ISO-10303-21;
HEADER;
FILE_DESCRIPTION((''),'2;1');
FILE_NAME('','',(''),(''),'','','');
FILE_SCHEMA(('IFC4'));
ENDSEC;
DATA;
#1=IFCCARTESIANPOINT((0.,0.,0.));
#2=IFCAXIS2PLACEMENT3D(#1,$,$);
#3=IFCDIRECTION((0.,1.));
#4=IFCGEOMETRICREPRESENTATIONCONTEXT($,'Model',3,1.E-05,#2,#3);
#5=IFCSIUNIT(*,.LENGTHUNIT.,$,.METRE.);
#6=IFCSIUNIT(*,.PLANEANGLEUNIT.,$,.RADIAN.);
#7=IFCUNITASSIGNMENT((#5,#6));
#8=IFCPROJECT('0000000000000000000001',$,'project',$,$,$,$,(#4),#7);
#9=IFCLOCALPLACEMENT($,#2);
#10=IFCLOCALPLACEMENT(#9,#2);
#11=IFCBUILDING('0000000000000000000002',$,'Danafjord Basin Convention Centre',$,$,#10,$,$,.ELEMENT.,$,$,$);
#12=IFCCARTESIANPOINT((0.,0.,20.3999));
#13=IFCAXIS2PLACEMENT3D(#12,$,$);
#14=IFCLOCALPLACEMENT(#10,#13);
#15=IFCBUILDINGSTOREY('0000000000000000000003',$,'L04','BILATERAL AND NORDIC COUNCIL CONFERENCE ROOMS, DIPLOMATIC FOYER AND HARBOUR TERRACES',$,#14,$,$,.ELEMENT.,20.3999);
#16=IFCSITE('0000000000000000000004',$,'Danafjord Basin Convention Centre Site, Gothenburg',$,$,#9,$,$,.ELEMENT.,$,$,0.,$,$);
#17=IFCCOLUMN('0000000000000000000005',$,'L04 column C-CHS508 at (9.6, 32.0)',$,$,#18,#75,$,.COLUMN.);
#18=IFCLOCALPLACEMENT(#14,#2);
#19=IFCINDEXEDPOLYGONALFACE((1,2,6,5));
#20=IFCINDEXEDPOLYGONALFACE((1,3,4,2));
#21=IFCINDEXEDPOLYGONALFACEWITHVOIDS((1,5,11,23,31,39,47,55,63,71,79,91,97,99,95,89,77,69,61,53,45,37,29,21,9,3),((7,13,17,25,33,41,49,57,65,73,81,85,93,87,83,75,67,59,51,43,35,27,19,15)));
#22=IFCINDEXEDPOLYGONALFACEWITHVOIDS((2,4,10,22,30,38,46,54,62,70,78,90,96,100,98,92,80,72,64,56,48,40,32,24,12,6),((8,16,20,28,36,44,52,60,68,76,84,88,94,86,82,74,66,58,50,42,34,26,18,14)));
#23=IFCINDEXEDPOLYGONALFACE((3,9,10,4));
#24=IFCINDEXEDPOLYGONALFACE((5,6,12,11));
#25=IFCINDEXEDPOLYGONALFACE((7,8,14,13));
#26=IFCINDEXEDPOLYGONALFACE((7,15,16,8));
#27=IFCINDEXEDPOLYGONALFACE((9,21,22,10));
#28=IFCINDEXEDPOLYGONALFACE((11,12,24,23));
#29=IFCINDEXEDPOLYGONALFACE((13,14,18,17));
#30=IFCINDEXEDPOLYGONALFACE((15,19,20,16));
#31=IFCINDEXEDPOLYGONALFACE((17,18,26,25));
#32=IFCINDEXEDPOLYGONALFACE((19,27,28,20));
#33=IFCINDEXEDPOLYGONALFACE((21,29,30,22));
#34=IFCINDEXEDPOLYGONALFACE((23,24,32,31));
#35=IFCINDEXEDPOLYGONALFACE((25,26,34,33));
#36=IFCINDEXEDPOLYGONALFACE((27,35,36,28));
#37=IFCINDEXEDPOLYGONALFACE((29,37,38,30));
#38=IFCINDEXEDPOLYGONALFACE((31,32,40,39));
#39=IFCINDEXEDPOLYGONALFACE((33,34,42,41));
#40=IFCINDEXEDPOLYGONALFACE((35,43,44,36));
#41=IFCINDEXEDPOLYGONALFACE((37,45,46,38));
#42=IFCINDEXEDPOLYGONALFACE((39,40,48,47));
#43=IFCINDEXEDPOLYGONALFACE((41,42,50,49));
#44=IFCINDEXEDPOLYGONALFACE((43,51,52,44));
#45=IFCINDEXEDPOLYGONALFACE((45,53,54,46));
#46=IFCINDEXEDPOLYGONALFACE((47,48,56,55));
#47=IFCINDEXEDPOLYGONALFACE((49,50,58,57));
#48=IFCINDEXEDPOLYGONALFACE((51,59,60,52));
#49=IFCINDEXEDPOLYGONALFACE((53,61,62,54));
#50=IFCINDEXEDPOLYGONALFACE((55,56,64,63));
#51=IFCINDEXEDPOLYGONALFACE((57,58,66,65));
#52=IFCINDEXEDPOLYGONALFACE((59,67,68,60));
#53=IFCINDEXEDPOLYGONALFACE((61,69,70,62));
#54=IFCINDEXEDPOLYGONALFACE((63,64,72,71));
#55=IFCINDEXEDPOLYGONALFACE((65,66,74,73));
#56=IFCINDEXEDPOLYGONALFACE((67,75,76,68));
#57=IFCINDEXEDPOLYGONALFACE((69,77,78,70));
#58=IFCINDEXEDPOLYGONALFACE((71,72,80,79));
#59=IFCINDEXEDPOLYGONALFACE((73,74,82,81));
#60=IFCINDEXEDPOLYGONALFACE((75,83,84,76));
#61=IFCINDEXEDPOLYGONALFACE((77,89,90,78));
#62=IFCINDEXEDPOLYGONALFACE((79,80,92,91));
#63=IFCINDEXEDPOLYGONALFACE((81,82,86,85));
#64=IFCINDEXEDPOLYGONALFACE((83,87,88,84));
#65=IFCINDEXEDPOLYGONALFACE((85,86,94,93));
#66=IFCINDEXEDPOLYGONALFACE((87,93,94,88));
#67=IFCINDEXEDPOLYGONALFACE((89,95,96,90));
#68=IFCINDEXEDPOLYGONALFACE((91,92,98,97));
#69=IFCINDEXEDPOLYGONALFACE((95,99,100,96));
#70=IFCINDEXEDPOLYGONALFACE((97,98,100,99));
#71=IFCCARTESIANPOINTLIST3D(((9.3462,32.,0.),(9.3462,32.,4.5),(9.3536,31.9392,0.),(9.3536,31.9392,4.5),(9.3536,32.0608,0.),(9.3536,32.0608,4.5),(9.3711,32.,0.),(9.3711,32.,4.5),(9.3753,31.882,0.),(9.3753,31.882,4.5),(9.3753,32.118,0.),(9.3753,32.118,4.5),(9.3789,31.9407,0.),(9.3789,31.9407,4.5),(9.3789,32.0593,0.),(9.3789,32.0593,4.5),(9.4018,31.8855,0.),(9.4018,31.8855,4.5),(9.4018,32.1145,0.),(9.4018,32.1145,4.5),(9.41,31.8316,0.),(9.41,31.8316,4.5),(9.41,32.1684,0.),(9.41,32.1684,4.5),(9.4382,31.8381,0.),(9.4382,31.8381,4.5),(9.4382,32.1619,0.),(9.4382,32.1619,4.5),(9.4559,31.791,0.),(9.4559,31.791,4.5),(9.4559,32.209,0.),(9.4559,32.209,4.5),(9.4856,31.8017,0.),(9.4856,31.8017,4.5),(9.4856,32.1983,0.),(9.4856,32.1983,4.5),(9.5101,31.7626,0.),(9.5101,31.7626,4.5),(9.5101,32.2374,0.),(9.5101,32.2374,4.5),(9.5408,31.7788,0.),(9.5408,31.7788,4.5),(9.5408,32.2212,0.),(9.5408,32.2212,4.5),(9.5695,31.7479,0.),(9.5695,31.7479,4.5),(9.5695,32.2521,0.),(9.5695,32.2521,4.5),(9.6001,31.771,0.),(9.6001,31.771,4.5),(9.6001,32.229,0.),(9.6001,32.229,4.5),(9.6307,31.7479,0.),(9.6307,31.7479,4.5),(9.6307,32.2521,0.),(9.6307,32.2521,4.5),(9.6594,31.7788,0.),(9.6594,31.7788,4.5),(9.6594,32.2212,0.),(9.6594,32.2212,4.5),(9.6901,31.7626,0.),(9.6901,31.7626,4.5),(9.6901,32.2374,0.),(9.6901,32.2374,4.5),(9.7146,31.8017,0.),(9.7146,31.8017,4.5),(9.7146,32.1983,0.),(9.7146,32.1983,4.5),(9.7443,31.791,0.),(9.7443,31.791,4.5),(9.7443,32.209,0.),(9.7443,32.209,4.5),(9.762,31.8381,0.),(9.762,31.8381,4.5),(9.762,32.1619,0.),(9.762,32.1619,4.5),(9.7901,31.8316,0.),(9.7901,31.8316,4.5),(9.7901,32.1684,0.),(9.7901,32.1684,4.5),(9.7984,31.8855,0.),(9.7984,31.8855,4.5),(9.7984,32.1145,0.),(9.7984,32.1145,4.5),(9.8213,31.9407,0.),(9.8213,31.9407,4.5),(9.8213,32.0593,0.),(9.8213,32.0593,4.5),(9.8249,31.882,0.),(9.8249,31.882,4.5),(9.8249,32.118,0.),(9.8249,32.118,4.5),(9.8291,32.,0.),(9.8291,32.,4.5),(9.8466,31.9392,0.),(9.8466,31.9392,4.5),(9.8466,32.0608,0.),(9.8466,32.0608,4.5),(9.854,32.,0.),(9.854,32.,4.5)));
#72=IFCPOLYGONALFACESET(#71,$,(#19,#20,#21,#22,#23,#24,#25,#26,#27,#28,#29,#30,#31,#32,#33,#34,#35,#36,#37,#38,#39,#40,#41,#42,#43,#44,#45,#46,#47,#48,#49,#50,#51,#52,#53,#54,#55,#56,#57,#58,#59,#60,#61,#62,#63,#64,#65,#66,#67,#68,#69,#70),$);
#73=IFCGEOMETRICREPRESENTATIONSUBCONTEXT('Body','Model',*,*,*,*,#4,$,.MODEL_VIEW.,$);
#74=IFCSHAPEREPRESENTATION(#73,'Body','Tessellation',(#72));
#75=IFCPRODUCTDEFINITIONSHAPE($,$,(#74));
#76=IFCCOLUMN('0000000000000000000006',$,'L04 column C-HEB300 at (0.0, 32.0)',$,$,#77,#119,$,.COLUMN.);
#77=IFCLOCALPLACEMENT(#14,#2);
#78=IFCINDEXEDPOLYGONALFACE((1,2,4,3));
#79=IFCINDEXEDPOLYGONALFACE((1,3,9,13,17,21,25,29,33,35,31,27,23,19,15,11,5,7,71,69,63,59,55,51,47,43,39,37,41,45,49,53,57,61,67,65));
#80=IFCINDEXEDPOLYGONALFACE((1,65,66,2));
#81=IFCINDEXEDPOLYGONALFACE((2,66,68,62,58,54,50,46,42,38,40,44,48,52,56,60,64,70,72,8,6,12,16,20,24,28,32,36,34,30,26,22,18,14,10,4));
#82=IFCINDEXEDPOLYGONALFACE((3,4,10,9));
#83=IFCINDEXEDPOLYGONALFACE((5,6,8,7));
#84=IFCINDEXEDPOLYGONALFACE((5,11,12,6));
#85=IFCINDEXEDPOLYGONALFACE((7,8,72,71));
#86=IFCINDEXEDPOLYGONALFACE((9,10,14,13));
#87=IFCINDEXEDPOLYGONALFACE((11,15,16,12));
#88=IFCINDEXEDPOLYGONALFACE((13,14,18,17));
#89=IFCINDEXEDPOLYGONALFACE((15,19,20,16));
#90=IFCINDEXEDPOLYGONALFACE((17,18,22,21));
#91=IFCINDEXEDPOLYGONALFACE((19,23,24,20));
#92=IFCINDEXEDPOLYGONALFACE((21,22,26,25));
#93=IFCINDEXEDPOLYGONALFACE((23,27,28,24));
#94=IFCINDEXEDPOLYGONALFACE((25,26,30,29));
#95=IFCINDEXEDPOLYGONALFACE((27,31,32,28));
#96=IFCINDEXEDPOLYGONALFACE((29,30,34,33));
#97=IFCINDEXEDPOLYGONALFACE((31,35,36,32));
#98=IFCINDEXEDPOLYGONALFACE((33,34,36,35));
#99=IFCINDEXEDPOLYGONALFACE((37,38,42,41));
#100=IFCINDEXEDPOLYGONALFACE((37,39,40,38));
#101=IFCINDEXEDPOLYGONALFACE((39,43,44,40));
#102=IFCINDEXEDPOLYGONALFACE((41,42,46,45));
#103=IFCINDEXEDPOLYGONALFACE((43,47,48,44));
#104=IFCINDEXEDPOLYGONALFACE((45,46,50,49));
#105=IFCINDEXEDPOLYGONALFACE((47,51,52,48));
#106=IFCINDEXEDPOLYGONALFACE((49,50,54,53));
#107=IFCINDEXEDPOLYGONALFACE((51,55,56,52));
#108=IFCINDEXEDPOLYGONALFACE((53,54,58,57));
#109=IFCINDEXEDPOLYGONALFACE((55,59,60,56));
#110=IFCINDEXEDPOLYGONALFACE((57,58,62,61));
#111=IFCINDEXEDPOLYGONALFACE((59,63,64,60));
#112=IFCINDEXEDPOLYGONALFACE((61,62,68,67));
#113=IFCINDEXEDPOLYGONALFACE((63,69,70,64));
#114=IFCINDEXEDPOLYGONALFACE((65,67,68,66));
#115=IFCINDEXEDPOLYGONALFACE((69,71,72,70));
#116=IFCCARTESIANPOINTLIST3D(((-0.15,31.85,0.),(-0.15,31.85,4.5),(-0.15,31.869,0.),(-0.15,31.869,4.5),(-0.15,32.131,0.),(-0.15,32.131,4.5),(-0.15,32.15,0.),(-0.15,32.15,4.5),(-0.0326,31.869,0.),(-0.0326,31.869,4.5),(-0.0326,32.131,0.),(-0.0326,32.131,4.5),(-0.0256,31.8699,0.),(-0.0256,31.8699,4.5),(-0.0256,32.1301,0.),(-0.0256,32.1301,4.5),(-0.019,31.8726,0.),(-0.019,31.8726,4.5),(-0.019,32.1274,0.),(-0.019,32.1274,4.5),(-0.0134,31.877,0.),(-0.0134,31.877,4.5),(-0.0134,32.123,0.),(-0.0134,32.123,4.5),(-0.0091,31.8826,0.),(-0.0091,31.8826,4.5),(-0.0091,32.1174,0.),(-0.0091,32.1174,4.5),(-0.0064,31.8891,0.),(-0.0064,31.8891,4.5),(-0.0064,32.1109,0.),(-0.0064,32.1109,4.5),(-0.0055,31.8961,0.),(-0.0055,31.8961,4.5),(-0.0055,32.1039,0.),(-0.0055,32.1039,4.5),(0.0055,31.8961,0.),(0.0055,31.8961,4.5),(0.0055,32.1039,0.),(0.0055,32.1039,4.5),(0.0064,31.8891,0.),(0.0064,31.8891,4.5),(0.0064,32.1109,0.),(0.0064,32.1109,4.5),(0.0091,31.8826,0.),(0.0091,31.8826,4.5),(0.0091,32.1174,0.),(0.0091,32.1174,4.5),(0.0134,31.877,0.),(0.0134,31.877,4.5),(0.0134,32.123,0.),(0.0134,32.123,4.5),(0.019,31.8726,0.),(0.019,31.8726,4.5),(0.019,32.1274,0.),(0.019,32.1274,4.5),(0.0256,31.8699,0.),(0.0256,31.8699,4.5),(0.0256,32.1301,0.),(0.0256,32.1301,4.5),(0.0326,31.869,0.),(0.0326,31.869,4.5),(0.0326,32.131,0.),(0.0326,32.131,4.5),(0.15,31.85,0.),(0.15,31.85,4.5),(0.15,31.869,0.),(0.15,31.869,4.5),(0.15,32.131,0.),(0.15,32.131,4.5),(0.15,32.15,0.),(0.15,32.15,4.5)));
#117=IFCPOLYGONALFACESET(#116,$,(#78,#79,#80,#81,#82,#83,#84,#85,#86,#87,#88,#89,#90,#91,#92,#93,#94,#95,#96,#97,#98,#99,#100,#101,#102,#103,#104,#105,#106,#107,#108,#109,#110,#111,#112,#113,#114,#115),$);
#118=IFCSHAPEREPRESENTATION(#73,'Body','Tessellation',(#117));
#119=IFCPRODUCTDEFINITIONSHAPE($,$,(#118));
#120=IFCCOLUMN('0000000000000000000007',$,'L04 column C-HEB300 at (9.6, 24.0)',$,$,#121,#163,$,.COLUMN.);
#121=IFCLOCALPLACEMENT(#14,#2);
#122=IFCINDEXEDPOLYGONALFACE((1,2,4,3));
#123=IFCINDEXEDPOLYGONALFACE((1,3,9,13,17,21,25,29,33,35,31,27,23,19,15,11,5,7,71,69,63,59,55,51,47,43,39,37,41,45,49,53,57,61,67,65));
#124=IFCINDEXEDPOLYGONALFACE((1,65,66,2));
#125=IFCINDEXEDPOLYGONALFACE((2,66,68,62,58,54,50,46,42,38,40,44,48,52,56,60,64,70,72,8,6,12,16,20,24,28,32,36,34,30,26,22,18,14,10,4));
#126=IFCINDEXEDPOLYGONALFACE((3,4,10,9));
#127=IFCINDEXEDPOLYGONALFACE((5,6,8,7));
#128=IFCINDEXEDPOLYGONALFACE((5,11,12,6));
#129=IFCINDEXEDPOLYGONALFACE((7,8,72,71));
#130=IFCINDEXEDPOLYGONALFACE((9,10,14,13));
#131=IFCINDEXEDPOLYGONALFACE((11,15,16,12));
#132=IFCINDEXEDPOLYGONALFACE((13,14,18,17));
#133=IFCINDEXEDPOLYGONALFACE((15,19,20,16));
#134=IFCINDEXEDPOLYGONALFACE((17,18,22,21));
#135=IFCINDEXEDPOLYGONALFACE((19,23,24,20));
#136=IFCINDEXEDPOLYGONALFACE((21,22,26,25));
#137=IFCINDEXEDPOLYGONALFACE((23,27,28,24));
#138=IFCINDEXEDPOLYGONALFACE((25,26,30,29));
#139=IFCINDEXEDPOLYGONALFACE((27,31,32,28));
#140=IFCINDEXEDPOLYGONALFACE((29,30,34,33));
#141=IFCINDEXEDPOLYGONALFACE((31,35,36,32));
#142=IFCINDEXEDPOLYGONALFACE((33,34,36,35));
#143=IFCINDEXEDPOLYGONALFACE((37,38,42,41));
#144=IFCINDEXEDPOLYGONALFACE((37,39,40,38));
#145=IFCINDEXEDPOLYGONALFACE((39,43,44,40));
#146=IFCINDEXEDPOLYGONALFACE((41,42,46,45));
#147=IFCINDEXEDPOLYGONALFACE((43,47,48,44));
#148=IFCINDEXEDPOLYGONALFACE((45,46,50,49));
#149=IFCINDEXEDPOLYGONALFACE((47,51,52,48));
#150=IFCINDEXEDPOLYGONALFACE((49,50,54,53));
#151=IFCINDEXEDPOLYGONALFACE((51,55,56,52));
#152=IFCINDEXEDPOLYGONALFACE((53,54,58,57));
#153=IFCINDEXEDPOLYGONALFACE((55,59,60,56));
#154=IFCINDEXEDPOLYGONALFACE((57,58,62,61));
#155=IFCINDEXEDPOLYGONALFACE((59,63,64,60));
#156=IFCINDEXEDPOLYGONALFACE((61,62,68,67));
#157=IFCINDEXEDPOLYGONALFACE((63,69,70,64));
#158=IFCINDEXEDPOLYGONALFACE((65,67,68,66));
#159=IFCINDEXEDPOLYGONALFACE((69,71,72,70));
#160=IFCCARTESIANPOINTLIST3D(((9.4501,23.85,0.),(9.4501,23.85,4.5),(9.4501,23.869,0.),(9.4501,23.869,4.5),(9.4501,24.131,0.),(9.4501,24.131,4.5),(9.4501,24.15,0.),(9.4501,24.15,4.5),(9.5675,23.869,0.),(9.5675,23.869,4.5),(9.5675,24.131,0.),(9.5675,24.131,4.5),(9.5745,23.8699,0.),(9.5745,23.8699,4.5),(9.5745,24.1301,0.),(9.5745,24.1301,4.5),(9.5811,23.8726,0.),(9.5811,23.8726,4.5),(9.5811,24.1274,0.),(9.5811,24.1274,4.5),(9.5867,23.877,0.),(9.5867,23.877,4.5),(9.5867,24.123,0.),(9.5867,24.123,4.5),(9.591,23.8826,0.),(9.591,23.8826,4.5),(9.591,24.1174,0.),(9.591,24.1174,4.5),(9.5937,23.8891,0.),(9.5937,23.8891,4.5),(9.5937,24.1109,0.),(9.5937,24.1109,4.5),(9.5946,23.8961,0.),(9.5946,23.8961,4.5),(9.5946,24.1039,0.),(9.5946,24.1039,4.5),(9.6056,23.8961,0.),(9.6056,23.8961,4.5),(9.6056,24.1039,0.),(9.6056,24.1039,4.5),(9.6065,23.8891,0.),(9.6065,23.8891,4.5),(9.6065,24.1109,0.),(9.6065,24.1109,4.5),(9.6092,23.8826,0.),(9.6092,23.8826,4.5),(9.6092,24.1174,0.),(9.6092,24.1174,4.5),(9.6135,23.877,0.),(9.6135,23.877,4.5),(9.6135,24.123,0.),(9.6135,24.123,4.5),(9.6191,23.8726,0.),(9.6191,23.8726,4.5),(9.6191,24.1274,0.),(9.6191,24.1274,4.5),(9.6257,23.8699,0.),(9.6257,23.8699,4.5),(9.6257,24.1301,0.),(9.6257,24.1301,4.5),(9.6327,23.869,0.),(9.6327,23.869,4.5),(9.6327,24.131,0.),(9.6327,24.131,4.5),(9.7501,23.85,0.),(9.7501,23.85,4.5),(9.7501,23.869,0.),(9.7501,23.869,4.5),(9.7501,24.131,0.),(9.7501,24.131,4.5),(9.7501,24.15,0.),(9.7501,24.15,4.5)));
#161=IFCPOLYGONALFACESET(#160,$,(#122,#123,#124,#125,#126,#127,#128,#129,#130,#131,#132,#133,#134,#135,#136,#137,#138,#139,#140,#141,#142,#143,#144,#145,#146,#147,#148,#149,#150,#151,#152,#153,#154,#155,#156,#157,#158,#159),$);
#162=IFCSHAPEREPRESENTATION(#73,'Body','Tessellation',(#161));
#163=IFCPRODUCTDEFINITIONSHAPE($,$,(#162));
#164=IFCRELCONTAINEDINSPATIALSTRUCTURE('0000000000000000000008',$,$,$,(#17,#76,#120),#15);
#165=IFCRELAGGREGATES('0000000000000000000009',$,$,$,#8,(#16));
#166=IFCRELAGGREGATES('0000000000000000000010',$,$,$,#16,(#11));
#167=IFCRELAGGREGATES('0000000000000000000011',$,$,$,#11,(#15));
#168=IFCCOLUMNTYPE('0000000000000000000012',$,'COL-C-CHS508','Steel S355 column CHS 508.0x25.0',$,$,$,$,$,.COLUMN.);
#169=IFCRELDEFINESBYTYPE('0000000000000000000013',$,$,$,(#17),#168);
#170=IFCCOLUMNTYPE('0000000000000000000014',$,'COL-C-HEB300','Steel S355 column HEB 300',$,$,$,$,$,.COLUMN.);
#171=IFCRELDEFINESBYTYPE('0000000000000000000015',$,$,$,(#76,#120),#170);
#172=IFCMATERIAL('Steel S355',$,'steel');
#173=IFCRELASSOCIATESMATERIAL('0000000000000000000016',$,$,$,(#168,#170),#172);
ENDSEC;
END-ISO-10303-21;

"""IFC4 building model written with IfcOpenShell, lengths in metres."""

from ifc_helpers import new_model, si_unit, direction, frame, origin, origin_2d, place, context, subcontext, project, spatial, hollow_circle, i_section, extrude, material, material_profile, profile_set, type_object, element, save


model = new_model("IFC4")

# Units and contexts
model_context = context("Model", 3, precision=1e-05, world=origin(), true_north=direction((0.0, 1.0)))
body_context = subcontext(model_context, "Body", "Model", "MODEL_VIEW")
ifc_project = project(units=[si_unit("LENGTHUNIT", "METRE"), si_unit("PLANEANGLEUNIT", "RADIAN")], contexts=[model_context])

# Site, building, storey
site_placement = place(None, origin())
site = spatial("IfcSite", under=ifc_project, at=site_placement, Name="Danafjord Basin Convention Centre Site, Gothenburg", CompositionType="ELEMENT", RefElevation=0.0)
building_placement = place(site_placement, origin())
building = spatial("IfcBuilding", under=site, at=building_placement, Name="Danafjord Basin Convention Centre", CompositionType="ELEMENT")
storey_placement = place(building_placement, frame((0.0, 0.0, 20.3999)))
storey = spatial("IfcBuildingStorey", under=building, at=storey_placement, Name="L04", Description="BILATERAL AND NORDIC COUNCIL CONFERENCE ROOMS, DIPLOMATIC FOYER AND HARBOUR TERRACES", CompositionType="ELEMENT", Elevation=20.3999)

# Columns
ifc_material_1 = material(Name="Steel S355", Category="steel")
ifc_material_profile_1 = material_profile(ifc_material_1, hollow_circle(Radius=0.2539, WallThickness=0.0249, at=origin_2d()), Name="CHS 508.0x25.0")
ifc_profile_set_1 = profile_set([ifc_material_profile_1], Name="Steel S355")
column_type_1 = type_object("IfcColumnType", Name="COL-C-CHS508", Description="Steel S355 column CHS 508.0x25.0", PredefinedType="COLUMN", material=ifc_profile_set_1)
column_placement = place(storey_placement, frame((9.6001, 32.0, 0.0), z_axis=(0.0, 0.0, 1.0), x_axis=(1.0, 0.0, 0.0)))
element("IfcColumn", 1, at=column_placement, inside=storey, type_object=column_type_1, Name="L04 column C-CHS508 at (9.6, 32.0)", PredefinedType="COLUMN", context=body_context, shape_type="SweptSolid", body=[
    extrude(hollow_circle(Radius=0.2539, WallThickness=0.0249, at=origin_2d()), origin(), (0.0, 0.0, 1.0), 4.5),
])
ifc_material_profile_2 = material_profile(ifc_material_1, i_section(OverallWidth=0.3, OverallDepth=0.3, WebThickness=0.011, FlangeThickness=0.019, FilletRadius=0.0271, at=origin_2d()), Name="HEB 300")
ifc_profile_set_2 = profile_set([ifc_material_profile_2], Name="Steel S355")
column_type_2 = type_object("IfcColumnType", Name="COL-C-HEB300", Description="Steel S355 column HEB 300", PredefinedType="COLUMN", material=ifc_profile_set_2)
for number, where, z_axis, x_axis, name in (
    (2, (0.0, 32.0, 0.0), (0.0, 0.0, 1.0), (1.0, 0.0, 0.0), "L04 column C-HEB300 at (0.0, 32.0)"),
    (3, (9.6001, 24.0, 0.0), (0.0, 0.0, 1.0), (1.0, 0.0, 0.0), "L04 column C-HEB300 at (9.6, 24.0)"),
):
    element("IfcColumn", number, at=place(storey_placement, frame(where, z_axis=z_axis, x_axis=x_axis)), inside=storey, type_object=column_type_2, Name=name, PredefinedType="COLUMN", context=body_context, shape_type="SweptSolid", body=[
        extrude(i_section(OverallWidth=0.3, OverallDepth=0.3, WebThickness=0.011, FlangeThickness=0.019, FilletRadius=0.0271, at=origin_2d()), origin(), (0.0, 0.0, 1.0), 4.5),
    ])

save(model, "model.ifc")
